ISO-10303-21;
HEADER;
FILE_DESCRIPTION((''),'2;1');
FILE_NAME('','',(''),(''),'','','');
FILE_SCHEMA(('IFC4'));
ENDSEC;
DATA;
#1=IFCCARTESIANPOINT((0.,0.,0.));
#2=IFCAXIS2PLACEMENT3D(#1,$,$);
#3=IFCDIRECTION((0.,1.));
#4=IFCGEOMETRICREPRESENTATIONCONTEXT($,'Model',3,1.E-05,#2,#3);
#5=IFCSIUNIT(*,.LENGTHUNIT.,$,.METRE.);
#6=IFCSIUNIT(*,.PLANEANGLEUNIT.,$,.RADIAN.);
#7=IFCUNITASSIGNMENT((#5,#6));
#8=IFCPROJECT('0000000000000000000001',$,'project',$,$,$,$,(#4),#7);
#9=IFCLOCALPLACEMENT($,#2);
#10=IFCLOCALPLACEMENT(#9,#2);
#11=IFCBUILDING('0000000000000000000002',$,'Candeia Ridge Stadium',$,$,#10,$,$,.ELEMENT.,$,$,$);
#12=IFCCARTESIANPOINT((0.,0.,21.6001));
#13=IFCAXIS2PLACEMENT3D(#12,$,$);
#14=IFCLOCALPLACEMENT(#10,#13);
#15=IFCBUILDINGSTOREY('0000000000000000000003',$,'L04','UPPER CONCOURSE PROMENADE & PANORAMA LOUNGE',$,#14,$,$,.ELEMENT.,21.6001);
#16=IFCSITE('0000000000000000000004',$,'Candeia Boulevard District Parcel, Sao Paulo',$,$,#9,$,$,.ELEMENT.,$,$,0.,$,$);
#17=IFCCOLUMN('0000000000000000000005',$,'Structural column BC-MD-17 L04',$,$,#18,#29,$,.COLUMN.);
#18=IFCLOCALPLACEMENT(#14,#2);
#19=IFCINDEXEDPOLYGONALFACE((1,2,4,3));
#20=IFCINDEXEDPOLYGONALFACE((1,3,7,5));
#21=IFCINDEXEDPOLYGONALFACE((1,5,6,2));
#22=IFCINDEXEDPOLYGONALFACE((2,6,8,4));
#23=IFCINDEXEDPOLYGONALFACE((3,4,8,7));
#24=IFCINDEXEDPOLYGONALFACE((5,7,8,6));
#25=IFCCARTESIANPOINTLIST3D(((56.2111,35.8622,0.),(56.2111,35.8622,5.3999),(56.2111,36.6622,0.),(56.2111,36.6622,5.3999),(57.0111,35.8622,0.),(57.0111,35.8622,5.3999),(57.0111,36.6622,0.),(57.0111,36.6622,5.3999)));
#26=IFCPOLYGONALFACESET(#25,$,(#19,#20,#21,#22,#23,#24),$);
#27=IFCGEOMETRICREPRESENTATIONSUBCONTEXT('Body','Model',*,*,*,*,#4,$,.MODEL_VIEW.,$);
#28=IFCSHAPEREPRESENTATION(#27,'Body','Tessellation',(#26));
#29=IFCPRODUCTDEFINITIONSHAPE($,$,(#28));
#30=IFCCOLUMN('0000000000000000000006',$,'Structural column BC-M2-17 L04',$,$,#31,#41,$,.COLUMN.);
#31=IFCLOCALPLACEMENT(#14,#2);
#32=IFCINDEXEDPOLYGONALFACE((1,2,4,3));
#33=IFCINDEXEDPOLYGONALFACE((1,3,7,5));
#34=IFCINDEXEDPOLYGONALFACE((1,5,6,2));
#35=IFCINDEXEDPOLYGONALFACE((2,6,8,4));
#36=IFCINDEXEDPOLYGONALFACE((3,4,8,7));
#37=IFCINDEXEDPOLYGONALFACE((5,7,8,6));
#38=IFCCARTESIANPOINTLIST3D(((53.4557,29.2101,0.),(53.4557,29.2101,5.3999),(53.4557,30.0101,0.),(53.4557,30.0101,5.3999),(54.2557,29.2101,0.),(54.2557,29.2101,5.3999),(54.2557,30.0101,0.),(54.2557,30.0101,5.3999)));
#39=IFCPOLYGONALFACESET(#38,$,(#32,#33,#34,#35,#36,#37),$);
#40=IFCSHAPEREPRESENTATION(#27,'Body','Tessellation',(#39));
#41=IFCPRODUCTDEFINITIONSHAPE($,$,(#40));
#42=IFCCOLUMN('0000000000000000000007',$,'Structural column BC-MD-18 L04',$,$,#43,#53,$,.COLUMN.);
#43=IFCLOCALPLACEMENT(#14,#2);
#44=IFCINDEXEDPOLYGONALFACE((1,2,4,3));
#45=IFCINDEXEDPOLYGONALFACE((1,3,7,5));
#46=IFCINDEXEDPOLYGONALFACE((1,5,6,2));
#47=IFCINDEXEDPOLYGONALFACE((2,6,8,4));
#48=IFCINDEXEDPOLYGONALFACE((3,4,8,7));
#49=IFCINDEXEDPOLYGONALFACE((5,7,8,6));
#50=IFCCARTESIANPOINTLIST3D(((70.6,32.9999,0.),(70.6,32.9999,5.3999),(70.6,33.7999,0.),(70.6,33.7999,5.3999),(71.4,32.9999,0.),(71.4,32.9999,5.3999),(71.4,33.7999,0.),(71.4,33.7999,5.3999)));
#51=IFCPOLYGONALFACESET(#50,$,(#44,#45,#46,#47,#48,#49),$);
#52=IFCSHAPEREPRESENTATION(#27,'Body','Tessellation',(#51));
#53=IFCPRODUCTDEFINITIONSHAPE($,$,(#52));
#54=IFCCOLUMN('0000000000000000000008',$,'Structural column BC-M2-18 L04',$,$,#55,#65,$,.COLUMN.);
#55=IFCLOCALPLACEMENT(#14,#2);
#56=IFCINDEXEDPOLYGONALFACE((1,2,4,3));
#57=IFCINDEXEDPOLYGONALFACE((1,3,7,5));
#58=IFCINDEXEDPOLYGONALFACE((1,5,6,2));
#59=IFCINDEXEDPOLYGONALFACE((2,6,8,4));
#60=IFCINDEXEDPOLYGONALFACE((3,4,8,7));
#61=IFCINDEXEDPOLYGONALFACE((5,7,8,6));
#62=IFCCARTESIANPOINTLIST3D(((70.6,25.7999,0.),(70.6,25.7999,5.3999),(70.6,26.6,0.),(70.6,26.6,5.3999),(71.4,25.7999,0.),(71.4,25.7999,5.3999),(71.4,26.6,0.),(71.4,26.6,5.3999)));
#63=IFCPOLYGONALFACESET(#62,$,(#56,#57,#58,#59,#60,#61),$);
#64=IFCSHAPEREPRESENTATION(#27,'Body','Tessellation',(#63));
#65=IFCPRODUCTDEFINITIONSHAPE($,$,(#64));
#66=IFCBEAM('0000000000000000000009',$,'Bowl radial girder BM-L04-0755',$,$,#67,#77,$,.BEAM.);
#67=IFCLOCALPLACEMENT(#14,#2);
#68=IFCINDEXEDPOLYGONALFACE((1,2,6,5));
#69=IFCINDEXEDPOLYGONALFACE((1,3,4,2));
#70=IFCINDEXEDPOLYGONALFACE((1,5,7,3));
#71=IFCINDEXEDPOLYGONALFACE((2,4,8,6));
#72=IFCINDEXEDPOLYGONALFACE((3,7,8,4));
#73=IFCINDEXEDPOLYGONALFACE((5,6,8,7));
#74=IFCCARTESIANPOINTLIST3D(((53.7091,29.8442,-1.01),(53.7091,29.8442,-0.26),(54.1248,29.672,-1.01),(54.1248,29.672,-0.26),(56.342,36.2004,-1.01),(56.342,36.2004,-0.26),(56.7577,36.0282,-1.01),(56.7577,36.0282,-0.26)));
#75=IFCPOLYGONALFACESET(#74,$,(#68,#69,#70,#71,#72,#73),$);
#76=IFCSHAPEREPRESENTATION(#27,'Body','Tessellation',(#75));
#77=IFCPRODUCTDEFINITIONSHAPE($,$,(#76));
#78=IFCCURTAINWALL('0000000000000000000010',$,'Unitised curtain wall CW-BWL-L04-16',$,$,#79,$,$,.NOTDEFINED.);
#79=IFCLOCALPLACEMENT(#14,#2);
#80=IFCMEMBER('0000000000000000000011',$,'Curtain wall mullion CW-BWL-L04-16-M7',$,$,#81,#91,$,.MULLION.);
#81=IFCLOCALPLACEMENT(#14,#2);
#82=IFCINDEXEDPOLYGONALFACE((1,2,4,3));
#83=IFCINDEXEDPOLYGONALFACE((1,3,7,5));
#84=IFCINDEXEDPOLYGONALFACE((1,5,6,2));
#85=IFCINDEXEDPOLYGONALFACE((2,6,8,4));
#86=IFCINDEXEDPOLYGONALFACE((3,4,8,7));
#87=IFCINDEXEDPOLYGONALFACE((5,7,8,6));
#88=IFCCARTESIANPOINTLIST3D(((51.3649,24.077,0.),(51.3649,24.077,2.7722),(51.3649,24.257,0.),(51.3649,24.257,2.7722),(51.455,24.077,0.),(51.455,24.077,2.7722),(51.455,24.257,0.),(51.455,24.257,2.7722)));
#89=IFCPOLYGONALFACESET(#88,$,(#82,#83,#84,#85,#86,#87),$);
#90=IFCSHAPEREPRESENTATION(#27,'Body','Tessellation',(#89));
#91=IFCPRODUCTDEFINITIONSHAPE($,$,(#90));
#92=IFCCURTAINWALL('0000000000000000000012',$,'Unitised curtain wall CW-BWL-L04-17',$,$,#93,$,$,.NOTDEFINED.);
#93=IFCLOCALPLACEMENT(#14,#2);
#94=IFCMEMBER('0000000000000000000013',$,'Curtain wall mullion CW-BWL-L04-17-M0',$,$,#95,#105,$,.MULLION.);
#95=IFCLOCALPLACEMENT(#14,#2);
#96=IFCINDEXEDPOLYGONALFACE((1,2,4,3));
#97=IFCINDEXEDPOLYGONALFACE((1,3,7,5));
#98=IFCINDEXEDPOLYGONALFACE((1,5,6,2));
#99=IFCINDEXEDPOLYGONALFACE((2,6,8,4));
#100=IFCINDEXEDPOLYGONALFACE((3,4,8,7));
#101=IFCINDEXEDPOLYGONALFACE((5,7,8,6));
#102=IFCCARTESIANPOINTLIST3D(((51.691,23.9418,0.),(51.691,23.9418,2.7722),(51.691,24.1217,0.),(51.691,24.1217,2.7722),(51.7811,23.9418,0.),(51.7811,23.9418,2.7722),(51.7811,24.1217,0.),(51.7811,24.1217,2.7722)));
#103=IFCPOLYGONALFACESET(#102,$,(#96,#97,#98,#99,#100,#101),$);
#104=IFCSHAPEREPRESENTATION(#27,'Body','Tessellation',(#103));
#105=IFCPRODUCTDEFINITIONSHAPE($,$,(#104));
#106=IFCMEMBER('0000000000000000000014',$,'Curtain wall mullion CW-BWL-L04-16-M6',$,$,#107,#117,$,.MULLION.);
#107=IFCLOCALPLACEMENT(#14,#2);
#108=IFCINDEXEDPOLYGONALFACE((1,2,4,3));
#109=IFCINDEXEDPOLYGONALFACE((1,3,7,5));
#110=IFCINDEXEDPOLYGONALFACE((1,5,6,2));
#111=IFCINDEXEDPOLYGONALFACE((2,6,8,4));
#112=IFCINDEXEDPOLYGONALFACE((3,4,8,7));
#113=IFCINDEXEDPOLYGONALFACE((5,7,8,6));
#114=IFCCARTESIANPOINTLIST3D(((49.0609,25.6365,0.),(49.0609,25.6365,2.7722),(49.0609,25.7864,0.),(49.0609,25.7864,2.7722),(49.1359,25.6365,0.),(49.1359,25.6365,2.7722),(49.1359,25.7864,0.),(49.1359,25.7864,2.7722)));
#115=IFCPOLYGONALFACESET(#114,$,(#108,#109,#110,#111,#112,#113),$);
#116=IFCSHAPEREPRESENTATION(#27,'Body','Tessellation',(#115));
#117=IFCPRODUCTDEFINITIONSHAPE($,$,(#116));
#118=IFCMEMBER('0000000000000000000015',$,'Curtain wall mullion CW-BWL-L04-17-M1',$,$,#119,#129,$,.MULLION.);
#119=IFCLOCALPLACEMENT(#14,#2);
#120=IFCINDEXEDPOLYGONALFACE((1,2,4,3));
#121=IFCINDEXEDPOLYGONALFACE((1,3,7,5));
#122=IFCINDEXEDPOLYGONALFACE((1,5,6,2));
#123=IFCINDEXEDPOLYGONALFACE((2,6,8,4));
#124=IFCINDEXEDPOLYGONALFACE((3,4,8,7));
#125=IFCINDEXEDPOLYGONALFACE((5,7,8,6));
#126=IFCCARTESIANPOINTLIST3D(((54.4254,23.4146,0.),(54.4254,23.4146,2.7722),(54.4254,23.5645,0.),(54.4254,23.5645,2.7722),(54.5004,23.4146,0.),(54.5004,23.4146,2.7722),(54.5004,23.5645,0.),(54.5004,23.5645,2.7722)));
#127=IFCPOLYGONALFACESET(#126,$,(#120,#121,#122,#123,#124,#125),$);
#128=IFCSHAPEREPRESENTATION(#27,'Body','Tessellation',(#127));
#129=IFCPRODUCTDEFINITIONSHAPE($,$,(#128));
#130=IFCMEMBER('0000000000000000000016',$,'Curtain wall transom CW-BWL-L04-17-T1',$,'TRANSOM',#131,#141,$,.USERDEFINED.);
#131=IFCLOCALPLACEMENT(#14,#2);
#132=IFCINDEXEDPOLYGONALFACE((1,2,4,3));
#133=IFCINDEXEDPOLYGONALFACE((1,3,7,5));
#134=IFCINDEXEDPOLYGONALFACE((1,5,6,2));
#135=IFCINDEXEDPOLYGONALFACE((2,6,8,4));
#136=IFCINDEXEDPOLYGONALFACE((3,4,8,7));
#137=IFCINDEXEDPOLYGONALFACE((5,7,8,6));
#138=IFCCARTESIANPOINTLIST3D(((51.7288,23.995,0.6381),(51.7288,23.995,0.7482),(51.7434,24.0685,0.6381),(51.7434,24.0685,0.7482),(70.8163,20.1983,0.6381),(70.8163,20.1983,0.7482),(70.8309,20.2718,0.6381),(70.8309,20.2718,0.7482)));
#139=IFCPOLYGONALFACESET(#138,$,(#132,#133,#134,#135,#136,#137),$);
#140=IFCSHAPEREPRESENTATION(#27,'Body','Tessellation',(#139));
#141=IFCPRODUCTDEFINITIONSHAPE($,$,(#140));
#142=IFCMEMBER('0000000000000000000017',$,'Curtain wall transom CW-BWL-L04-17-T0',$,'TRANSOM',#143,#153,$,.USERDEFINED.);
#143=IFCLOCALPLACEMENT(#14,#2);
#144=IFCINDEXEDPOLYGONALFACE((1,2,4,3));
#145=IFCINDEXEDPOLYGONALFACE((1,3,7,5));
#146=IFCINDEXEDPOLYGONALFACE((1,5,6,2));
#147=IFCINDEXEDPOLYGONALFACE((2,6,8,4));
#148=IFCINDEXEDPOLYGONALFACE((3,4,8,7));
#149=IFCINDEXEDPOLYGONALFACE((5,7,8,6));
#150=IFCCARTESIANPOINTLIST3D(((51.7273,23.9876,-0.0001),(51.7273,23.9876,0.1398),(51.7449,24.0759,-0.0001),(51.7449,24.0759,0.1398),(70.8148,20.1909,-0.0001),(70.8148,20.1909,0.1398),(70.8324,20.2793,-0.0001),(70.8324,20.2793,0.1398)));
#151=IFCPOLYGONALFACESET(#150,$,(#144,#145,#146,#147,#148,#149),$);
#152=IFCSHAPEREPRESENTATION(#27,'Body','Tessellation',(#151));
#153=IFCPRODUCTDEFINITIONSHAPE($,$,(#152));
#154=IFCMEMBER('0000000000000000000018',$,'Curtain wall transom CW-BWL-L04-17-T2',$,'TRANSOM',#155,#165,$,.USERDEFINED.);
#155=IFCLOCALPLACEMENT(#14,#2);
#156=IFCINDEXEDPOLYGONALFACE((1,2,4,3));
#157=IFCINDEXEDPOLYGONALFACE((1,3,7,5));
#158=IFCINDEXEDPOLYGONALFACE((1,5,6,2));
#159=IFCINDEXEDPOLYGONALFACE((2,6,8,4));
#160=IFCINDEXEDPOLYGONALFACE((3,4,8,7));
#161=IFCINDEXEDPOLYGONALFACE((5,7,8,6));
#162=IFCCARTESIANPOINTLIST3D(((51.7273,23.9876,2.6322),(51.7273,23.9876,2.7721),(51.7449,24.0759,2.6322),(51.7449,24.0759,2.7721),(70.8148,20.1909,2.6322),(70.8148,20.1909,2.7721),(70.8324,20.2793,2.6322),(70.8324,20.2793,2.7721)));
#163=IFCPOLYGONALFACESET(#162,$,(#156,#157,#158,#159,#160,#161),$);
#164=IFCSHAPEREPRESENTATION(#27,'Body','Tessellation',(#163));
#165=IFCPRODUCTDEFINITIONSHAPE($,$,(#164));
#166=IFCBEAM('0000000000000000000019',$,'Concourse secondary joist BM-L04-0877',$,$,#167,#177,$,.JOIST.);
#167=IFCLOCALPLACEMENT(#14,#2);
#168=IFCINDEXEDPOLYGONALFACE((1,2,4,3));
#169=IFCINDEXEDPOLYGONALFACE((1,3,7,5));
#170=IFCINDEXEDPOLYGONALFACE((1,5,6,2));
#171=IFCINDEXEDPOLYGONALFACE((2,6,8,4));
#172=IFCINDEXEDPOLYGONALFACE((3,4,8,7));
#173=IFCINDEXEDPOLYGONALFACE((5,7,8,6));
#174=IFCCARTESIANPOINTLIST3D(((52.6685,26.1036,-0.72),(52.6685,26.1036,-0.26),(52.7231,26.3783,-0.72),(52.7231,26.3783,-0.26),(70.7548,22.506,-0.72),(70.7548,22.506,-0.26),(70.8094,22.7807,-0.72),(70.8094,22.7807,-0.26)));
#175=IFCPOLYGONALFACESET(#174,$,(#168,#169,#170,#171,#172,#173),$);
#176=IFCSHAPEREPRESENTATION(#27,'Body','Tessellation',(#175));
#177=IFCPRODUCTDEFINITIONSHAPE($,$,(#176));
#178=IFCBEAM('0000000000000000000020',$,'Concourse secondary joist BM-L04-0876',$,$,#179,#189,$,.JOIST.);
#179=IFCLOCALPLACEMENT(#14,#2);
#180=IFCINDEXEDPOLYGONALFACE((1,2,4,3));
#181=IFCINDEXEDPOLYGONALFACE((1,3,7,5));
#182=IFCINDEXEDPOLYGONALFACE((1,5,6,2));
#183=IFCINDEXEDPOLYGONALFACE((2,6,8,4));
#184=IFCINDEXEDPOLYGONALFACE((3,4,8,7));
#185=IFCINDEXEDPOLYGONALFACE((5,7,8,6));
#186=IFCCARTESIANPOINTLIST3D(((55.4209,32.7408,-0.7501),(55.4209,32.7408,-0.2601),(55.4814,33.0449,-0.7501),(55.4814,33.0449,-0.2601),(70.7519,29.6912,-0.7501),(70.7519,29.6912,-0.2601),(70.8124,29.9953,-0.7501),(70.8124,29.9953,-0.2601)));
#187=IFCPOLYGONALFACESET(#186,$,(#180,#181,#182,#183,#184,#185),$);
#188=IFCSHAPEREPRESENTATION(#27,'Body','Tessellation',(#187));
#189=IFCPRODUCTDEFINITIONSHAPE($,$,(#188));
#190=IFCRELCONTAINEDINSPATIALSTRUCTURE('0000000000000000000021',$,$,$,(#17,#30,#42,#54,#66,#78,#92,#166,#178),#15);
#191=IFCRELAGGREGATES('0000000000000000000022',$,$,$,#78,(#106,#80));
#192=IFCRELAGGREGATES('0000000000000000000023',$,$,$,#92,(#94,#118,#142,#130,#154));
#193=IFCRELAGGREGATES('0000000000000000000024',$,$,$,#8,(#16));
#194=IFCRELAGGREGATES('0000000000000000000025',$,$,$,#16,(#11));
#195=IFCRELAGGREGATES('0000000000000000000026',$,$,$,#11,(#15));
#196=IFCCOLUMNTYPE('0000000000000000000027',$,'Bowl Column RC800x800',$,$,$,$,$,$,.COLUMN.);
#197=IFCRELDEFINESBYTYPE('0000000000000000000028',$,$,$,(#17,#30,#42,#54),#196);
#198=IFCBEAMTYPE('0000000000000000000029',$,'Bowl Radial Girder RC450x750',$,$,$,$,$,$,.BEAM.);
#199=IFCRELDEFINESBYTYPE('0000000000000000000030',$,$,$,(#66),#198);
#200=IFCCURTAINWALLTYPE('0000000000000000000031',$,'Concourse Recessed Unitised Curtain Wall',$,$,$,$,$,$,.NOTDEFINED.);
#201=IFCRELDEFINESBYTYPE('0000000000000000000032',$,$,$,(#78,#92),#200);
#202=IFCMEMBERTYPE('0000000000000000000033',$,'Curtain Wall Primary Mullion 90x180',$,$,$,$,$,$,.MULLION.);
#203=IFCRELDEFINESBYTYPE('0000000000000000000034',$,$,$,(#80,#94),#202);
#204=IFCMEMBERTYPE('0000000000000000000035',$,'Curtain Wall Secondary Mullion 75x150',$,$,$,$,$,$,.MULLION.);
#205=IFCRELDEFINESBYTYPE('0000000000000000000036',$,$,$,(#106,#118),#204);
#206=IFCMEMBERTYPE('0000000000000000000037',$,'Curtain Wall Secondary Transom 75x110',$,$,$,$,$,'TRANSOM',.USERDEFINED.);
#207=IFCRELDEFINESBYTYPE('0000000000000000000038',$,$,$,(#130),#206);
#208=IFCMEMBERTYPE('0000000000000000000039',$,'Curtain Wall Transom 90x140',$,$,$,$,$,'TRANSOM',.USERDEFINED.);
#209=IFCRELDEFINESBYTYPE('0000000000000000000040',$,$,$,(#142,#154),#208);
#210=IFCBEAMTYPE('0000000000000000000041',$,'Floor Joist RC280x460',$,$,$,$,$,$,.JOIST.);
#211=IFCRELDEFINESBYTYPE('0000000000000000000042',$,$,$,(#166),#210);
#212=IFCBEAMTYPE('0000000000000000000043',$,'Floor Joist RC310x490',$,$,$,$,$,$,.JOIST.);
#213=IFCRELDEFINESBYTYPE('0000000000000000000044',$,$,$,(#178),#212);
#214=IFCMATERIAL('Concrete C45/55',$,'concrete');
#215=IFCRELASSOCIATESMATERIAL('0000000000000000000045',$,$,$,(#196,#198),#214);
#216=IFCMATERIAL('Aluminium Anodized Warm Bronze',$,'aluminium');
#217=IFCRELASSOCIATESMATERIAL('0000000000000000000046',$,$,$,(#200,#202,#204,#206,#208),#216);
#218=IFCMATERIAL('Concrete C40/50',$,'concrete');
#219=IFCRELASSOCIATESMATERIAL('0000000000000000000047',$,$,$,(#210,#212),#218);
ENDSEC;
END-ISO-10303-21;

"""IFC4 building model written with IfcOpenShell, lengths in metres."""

from ifc_helpers import new_model, si_unit, direction, frame, origin, origin_2d, place, context, subcontext, project, spatial, rectangle, extrude, material, material_profile, profile_set, type_object, element, aggregate, save


model = new_model("IFC4")

# Units and contexts
model_context = context("Model", 3, precision=1e-05, world=origin(), true_north=direction((0.0, 1.0)))
body_context = subcontext(model_context, "Body", "Model", "MODEL_VIEW")
ifc_project = project(units=[si_unit("LENGTHUNIT", "METRE"), si_unit("PLANEANGLEUNIT", "RADIAN")], contexts=[model_context])

# Site, building, storey
site_placement = place(None, origin())
site = spatial("IfcSite", under=ifc_project, at=site_placement, Name="Candeia Boulevard District Parcel, Sao Paulo", CompositionType="ELEMENT", RefElevation=0.0)
building_placement = place(site_placement, origin())
building = spatial("IfcBuilding", under=site, at=building_placement, Name="Candeia Ridge Stadium", CompositionType="ELEMENT")
storey_placement = place(building_placement, frame((0.0, 0.0, 21.6001)))
storey = spatial("IfcBuildingStorey", under=building, at=storey_placement, Name="L04", Description="UPPER CONCOURSE PROMENADE & PANORAMA LOUNGE", CompositionType="ELEMENT", Elevation=21.6001)

# Columns
ifc_material_1 = material(Name="Concrete C45/55", Category="concrete")
ifc_material_profile_1 = material_profile(ifc_material_1, rectangle(XDim=0.8, YDim=0.8, at=origin_2d()), Name="RC800x800", Category="concrete")
ifc_profile_set_1 = profile_set([ifc_material_profile_1], Name="Concrete C45/55")
column_type = type_object("IfcColumnType", Name="Bowl Column RC800x800", PredefinedType="COLUMN", material=ifc_profile_set_1)
for number, where, z_axis, x_axis, name in (
    (1, (56.6111, 36.2622, 0.0), (0.0, 0.0, 1.0), (1.0, 0.0, 0.0), "Structural column BC-MD-17 L04"),
    (2, (53.8557, 29.6101, 0.0), (0.0, 0.0, 1.0), (1.0, 0.0, 0.0), "Structural column BC-M2-17 L04"),
    (3, (71.0, 33.3999, 0.0), (0.0, 0.0, 1.0), (1.0, 0.0, 0.0), "Structural column BC-MD-18 L04"),
    (4, (71.0, 26.2, 0.0), (0.0, 0.0, 1.0), (1.0, 0.0, 0.0), "Structural column BC-M2-18 L04"),
):
    element("IfcColumn", number, at=place(storey_placement, frame(where, z_axis=z_axis, x_axis=x_axis)), inside=storey, type_object=column_type, Name=name, PredefinedType="COLUMN", context=body_context, shape_type="SweptSolid", body=[
        extrude(rectangle(XDim=0.8, YDim=0.8, at=origin_2d()), origin(), (0.0, 0.0, 1.0), 5.3999),
    ])

# Beam
ifc_material_profile_2 = material_profile(ifc_material_1, rectangle(XDim=0.45, YDim=0.75, at=origin_2d()), Name="RC450x750", Category="concrete")
ifc_profile_set_2 = profile_set([ifc_material_profile_2], Name="Concrete C45/55")
beam_type_1 = type_object("IfcBeamType", Name="Bowl Radial Girder RC450x750", PredefinedType="BEAM", material=ifc_profile_set_2)
beam_1_placement = place(storey_placement, frame((56.5498, 36.1143, -0.635), z_axis=(-0.382682, -0.92388, 0.0), x_axis=(0.92388, -0.382682, 0.0)))
element("IfcBeam", 5, at=beam_1_placement, inside=storey, type_object=beam_type_1, Name="Bowl radial girder BM-L04-0755", PredefinedType="BEAM", context=body_context, shape_type="SweptSolid", body=[
    extrude(rectangle(XDim=0.45, YDim=0.75, at=origin_2d()), origin(), (0.0, 0.0, 1.0), 6.8799),
])

# Curtain walls, members
ifc_material_2 = material(Name="Aluminium Anodized Warm Bronze", Category="aluminium")
curtain_wall_type = type_object("IfcCurtainWallType", Name="Concourse Recessed Unitised Curtain Wall", PredefinedType="NOTDEFINED", material=ifc_material_2)
curtain_wall_1_placement = place(storey_placement, origin())
curtain_wall_1 = element("IfcCurtainWall", 6, at=curtain_wall_1_placement, inside=storey, type_object=curtain_wall_type, Name="Unitised curtain wall CW-BWL-L04-16", PredefinedType="NOTDEFINED")
ifc_material_profile_3 = material_profile(ifc_material_2, rectangle(XDim=0.0901, YDim=0.1799, at=origin_2d()), Name="CWM-90x180", Category="aluminium")
ifc_profile_set_3 = profile_set([ifc_material_profile_3], Name="Aluminium Anodized Warm Bronze")
member_type_1 = type_object("IfcMemberType", Name="Curtain Wall Primary Mullion 90x180", PredefinedType="MULLION", material=ifc_profile_set_3)
member_1_placement = place(storey_placement, frame((51.4099, 24.167, 0.0), z_axis=(0.0, 0.0, 1.0), x_axis=(1.0, 0.0, 0.0)))
member_1 = element("IfcMember", 7, at=member_1_placement, type_object=member_type_1, Name="Curtain wall mullion CW-BWL-L04-16-M7", PredefinedType="MULLION", context=body_context, shape_type="SweptSolid", body=[
    extrude(rectangle(XDim=0.0901, YDim=0.1799, at=origin_2d()), origin(), (0.0, 0.0, 1.0), 2.7722),
])
curtain_wall_2_placement = place(storey_placement, origin())
curtain_wall_2 = element("IfcCurtainWall", 8, at=curtain_wall_2_placement, inside=storey, type_object=curtain_wall_type, Name="Unitised curtain wall CW-BWL-L04-17", PredefinedType="NOTDEFINED")
member_2_placement = place(storey_placement, frame((51.7361, 24.0317, 0.0), z_axis=(0.0, 0.0, 1.0), x_axis=(1.0, 0.0, 0.0)))
member_2 = element("IfcMember", 9, at=member_2_placement, type_object=member_type_1, Name="Curtain wall mullion CW-BWL-L04-17-M0", PredefinedType="MULLION", context=body_context, shape_type="SweptSolid", body=[
    extrude(rectangle(XDim=0.0901, YDim=0.1799, at=origin_2d()), origin(), (0.0, 0.0, 1.0), 2.7722),
])

# Members
ifc_material_profile_4 = material_profile(ifc_material_2, rectangle(XDim=0.075, YDim=0.1499, at=origin_2d()), Name="CWM-75x150", Category="aluminium")
ifc_profile_set_4 = profile_set([ifc_material_profile_4], Name="Aluminium Anodized Warm Bronze")
member_type_2 = type_object("IfcMemberType", Name="Curtain Wall Secondary Mullion 75x150", PredefinedType="MULLION", material=ifc_profile_set_4)
member_3_placement = place(storey_placement, frame((49.0984, 25.7114, 0.0), z_axis=(0.0, 0.0, 1.0), x_axis=(1.0, 0.0, 0.0)))
member_3 = element("IfcMember", 10, at=member_3_placement, type_object=member_type_2, Name="Curtain wall mullion CW-BWL-L04-16-M6", PredefinedType="MULLION", context=body_context, shape_type="SweptSolid", body=[
    extrude(rectangle(XDim=0.075, YDim=0.1499, at=origin_2d()), origin(), (0.0, 0.0, 1.0), 2.7722),
])
member_4_placement = place(storey_placement, frame((54.4629, 23.4895, 0.0), z_axis=(0.0, 0.0, 1.0), x_axis=(1.0, 0.0, 0.0)))
member_4 = element("IfcMember", 11, at=member_4_placement, type_object=member_type_2, Name="Curtain wall mullion CW-BWL-L04-17-M1", PredefinedType="MULLION", context=body_context, shape_type="SweptSolid", body=[
    extrude(rectangle(XDim=0.075, YDim=0.1499, at=origin_2d()), origin(), (0.0, 0.0, 1.0), 2.7722),
])
ifc_material_profile_5 = material_profile(ifc_material_2, rectangle(XDim=0.075, YDim=0.1101, at=origin_2d()), Name="CWT-75x110", Category="aluminium")
ifc_profile_set_5 = profile_set([ifc_material_profile_5], Name="Aluminium Anodized Warm Bronze")
member_type_3 = type_object("IfcMemberType", Name="Curtain Wall Secondary Transom 75x110", ElementType="TRANSOM", PredefinedType="USERDEFINED", material=ifc_profile_set_5)
member_5_placement = place(storey_placement, frame((51.7361, 24.0317, 0.6931), z_axis=(0.980786, -0.195086, 0.0), x_axis=(0.195086, 0.980786, 0.0)))
member_5 = element("IfcMember", 12, at=member_5_placement, type_object=member_type_3, Name="Curtain wall transom CW-BWL-L04-17-T1", ObjectType="TRANSOM", PredefinedType="USERDEFINED", context=body_context, shape_type="SweptSolid", body=[
    extrude(rectangle(XDim=0.075, YDim=0.1101, at=origin_2d()), origin(), (0.0, 0.0, 1.0), 19.4614),
])
ifc_material_profile_6 = material_profile(ifc_material_2, rectangle(XDim=0.0901, YDim=0.1399, at=origin_2d()), Name="CWT-90x140", Category="aluminium")
ifc_profile_set_6 = profile_set([ifc_material_profile_6], Name="Aluminium Anodized Warm Bronze")
member_type_4 = type_object("IfcMemberType", Name="Curtain Wall Transom 90x140", ElementType="TRANSOM", PredefinedType="USERDEFINED", material=ifc_profile_set_6)
member_6_placement = place(storey_placement, frame((51.7361, 24.0317, 0.0698), z_axis=(0.980786, -0.195086, 0.0), x_axis=(0.195086, 0.980786, 0.0)))
member_6 = element("IfcMember", 13, at=member_6_placement, type_object=member_type_4, Name="Curtain wall transom CW-BWL-L04-17-T0", ObjectType="TRANSOM", PredefinedType="USERDEFINED", context=body_context, shape_type="SweptSolid", body=[
    extrude(rectangle(XDim=0.0901, YDim=0.1399, at=origin_2d()), origin(), (0.0, 0.0, 1.0), 19.4614),
])
member_7_placement = place(storey_placement, frame((51.7361, 24.0317, 2.7021), z_axis=(0.980786, -0.195086, 0.0), x_axis=(0.195086, 0.980786, 0.0)))
member_7 = element("IfcMember", 14, at=member_7_placement, type_object=member_type_4, Name="Curtain wall transom CW-BWL-L04-17-T2", ObjectType="TRANSOM", PredefinedType="USERDEFINED", context=body_context, shape_type="SweptSolid", body=[
    extrude(rectangle(XDim=0.0901, YDim=0.1399, at=origin_2d()), origin(), (0.0, 0.0, 1.0), 19.4614),
])

# Beams
ifc_material_3 = material(Name="Concrete C40/50", Category="concrete")
ifc_material_profile_7 = material_profile(ifc_material_3, rectangle(XDim=0.28, YDim=0.46, at=origin_2d()), Name="RC280x460", Category="concrete")
ifc_profile_set_7 = profile_set([ifc_material_profile_7], Name="Concrete C40/50")
beam_type_2 = type_object("IfcBeamType", Name="Floor Joist RC280x460", PredefinedType="JOIST", material=ifc_profile_set_7)
beam_2_placement = place(storey_placement, frame((52.6958, 26.241, -0.49), z_axis=(0.980785, -0.195093, 0.0), x_axis=(0.195093, 0.980785, 0.0)))
element("IfcBeam", 15, at=beam_2_placement, inside=storey, type_object=beam_type_2, Name="Concourse secondary joist BM-L04-0877", PredefinedType="JOIST", context=body_context, shape_type="SweptSolid", body=[
    extrude(rectangle(XDim=0.28, YDim=0.46, at=origin_2d()), origin(), (0.0, 0.0, 1.0), 18.4407),
])
ifc_material_profile_8 = material_profile(ifc_material_3, rectangle(XDim=0.3101, YDim=0.49, at=origin_2d()), Name="RC310x490", Category="concrete")
ifc_profile_set_8 = profile_set([ifc_material_profile_8], Name="Concrete C40/50")
beam_type_3 = type_object("IfcBeamType", Name="Floor Joist RC310x490", PredefinedType="JOIST", material=ifc_profile_set_8)
beam_3_placement = place(storey_placement, frame((55.4512, 32.8928, -0.5051), z_axis=(0.980785, -0.195092, 0.0), x_axis=(0.195092, 0.980785, 0.0)))
element("IfcBeam", 16, at=beam_3_placement, inside=storey, type_object=beam_type_3, Name="Concourse secondary joist BM-L04-0876", PredefinedType="JOIST", context=body_context, shape_type="SweptSolid", body=[
    extrude(rectangle(XDim=0.3101, YDim=0.49, at=origin_2d()), origin(), (0.0, 0.0, 1.0), 15.6313),
])

aggregate(curtain_wall_1, [member_3, member_1])
aggregate(curtain_wall_2, [member_2, member_4, member_6, member_5, member_7])

save(model, "model.ifc")
